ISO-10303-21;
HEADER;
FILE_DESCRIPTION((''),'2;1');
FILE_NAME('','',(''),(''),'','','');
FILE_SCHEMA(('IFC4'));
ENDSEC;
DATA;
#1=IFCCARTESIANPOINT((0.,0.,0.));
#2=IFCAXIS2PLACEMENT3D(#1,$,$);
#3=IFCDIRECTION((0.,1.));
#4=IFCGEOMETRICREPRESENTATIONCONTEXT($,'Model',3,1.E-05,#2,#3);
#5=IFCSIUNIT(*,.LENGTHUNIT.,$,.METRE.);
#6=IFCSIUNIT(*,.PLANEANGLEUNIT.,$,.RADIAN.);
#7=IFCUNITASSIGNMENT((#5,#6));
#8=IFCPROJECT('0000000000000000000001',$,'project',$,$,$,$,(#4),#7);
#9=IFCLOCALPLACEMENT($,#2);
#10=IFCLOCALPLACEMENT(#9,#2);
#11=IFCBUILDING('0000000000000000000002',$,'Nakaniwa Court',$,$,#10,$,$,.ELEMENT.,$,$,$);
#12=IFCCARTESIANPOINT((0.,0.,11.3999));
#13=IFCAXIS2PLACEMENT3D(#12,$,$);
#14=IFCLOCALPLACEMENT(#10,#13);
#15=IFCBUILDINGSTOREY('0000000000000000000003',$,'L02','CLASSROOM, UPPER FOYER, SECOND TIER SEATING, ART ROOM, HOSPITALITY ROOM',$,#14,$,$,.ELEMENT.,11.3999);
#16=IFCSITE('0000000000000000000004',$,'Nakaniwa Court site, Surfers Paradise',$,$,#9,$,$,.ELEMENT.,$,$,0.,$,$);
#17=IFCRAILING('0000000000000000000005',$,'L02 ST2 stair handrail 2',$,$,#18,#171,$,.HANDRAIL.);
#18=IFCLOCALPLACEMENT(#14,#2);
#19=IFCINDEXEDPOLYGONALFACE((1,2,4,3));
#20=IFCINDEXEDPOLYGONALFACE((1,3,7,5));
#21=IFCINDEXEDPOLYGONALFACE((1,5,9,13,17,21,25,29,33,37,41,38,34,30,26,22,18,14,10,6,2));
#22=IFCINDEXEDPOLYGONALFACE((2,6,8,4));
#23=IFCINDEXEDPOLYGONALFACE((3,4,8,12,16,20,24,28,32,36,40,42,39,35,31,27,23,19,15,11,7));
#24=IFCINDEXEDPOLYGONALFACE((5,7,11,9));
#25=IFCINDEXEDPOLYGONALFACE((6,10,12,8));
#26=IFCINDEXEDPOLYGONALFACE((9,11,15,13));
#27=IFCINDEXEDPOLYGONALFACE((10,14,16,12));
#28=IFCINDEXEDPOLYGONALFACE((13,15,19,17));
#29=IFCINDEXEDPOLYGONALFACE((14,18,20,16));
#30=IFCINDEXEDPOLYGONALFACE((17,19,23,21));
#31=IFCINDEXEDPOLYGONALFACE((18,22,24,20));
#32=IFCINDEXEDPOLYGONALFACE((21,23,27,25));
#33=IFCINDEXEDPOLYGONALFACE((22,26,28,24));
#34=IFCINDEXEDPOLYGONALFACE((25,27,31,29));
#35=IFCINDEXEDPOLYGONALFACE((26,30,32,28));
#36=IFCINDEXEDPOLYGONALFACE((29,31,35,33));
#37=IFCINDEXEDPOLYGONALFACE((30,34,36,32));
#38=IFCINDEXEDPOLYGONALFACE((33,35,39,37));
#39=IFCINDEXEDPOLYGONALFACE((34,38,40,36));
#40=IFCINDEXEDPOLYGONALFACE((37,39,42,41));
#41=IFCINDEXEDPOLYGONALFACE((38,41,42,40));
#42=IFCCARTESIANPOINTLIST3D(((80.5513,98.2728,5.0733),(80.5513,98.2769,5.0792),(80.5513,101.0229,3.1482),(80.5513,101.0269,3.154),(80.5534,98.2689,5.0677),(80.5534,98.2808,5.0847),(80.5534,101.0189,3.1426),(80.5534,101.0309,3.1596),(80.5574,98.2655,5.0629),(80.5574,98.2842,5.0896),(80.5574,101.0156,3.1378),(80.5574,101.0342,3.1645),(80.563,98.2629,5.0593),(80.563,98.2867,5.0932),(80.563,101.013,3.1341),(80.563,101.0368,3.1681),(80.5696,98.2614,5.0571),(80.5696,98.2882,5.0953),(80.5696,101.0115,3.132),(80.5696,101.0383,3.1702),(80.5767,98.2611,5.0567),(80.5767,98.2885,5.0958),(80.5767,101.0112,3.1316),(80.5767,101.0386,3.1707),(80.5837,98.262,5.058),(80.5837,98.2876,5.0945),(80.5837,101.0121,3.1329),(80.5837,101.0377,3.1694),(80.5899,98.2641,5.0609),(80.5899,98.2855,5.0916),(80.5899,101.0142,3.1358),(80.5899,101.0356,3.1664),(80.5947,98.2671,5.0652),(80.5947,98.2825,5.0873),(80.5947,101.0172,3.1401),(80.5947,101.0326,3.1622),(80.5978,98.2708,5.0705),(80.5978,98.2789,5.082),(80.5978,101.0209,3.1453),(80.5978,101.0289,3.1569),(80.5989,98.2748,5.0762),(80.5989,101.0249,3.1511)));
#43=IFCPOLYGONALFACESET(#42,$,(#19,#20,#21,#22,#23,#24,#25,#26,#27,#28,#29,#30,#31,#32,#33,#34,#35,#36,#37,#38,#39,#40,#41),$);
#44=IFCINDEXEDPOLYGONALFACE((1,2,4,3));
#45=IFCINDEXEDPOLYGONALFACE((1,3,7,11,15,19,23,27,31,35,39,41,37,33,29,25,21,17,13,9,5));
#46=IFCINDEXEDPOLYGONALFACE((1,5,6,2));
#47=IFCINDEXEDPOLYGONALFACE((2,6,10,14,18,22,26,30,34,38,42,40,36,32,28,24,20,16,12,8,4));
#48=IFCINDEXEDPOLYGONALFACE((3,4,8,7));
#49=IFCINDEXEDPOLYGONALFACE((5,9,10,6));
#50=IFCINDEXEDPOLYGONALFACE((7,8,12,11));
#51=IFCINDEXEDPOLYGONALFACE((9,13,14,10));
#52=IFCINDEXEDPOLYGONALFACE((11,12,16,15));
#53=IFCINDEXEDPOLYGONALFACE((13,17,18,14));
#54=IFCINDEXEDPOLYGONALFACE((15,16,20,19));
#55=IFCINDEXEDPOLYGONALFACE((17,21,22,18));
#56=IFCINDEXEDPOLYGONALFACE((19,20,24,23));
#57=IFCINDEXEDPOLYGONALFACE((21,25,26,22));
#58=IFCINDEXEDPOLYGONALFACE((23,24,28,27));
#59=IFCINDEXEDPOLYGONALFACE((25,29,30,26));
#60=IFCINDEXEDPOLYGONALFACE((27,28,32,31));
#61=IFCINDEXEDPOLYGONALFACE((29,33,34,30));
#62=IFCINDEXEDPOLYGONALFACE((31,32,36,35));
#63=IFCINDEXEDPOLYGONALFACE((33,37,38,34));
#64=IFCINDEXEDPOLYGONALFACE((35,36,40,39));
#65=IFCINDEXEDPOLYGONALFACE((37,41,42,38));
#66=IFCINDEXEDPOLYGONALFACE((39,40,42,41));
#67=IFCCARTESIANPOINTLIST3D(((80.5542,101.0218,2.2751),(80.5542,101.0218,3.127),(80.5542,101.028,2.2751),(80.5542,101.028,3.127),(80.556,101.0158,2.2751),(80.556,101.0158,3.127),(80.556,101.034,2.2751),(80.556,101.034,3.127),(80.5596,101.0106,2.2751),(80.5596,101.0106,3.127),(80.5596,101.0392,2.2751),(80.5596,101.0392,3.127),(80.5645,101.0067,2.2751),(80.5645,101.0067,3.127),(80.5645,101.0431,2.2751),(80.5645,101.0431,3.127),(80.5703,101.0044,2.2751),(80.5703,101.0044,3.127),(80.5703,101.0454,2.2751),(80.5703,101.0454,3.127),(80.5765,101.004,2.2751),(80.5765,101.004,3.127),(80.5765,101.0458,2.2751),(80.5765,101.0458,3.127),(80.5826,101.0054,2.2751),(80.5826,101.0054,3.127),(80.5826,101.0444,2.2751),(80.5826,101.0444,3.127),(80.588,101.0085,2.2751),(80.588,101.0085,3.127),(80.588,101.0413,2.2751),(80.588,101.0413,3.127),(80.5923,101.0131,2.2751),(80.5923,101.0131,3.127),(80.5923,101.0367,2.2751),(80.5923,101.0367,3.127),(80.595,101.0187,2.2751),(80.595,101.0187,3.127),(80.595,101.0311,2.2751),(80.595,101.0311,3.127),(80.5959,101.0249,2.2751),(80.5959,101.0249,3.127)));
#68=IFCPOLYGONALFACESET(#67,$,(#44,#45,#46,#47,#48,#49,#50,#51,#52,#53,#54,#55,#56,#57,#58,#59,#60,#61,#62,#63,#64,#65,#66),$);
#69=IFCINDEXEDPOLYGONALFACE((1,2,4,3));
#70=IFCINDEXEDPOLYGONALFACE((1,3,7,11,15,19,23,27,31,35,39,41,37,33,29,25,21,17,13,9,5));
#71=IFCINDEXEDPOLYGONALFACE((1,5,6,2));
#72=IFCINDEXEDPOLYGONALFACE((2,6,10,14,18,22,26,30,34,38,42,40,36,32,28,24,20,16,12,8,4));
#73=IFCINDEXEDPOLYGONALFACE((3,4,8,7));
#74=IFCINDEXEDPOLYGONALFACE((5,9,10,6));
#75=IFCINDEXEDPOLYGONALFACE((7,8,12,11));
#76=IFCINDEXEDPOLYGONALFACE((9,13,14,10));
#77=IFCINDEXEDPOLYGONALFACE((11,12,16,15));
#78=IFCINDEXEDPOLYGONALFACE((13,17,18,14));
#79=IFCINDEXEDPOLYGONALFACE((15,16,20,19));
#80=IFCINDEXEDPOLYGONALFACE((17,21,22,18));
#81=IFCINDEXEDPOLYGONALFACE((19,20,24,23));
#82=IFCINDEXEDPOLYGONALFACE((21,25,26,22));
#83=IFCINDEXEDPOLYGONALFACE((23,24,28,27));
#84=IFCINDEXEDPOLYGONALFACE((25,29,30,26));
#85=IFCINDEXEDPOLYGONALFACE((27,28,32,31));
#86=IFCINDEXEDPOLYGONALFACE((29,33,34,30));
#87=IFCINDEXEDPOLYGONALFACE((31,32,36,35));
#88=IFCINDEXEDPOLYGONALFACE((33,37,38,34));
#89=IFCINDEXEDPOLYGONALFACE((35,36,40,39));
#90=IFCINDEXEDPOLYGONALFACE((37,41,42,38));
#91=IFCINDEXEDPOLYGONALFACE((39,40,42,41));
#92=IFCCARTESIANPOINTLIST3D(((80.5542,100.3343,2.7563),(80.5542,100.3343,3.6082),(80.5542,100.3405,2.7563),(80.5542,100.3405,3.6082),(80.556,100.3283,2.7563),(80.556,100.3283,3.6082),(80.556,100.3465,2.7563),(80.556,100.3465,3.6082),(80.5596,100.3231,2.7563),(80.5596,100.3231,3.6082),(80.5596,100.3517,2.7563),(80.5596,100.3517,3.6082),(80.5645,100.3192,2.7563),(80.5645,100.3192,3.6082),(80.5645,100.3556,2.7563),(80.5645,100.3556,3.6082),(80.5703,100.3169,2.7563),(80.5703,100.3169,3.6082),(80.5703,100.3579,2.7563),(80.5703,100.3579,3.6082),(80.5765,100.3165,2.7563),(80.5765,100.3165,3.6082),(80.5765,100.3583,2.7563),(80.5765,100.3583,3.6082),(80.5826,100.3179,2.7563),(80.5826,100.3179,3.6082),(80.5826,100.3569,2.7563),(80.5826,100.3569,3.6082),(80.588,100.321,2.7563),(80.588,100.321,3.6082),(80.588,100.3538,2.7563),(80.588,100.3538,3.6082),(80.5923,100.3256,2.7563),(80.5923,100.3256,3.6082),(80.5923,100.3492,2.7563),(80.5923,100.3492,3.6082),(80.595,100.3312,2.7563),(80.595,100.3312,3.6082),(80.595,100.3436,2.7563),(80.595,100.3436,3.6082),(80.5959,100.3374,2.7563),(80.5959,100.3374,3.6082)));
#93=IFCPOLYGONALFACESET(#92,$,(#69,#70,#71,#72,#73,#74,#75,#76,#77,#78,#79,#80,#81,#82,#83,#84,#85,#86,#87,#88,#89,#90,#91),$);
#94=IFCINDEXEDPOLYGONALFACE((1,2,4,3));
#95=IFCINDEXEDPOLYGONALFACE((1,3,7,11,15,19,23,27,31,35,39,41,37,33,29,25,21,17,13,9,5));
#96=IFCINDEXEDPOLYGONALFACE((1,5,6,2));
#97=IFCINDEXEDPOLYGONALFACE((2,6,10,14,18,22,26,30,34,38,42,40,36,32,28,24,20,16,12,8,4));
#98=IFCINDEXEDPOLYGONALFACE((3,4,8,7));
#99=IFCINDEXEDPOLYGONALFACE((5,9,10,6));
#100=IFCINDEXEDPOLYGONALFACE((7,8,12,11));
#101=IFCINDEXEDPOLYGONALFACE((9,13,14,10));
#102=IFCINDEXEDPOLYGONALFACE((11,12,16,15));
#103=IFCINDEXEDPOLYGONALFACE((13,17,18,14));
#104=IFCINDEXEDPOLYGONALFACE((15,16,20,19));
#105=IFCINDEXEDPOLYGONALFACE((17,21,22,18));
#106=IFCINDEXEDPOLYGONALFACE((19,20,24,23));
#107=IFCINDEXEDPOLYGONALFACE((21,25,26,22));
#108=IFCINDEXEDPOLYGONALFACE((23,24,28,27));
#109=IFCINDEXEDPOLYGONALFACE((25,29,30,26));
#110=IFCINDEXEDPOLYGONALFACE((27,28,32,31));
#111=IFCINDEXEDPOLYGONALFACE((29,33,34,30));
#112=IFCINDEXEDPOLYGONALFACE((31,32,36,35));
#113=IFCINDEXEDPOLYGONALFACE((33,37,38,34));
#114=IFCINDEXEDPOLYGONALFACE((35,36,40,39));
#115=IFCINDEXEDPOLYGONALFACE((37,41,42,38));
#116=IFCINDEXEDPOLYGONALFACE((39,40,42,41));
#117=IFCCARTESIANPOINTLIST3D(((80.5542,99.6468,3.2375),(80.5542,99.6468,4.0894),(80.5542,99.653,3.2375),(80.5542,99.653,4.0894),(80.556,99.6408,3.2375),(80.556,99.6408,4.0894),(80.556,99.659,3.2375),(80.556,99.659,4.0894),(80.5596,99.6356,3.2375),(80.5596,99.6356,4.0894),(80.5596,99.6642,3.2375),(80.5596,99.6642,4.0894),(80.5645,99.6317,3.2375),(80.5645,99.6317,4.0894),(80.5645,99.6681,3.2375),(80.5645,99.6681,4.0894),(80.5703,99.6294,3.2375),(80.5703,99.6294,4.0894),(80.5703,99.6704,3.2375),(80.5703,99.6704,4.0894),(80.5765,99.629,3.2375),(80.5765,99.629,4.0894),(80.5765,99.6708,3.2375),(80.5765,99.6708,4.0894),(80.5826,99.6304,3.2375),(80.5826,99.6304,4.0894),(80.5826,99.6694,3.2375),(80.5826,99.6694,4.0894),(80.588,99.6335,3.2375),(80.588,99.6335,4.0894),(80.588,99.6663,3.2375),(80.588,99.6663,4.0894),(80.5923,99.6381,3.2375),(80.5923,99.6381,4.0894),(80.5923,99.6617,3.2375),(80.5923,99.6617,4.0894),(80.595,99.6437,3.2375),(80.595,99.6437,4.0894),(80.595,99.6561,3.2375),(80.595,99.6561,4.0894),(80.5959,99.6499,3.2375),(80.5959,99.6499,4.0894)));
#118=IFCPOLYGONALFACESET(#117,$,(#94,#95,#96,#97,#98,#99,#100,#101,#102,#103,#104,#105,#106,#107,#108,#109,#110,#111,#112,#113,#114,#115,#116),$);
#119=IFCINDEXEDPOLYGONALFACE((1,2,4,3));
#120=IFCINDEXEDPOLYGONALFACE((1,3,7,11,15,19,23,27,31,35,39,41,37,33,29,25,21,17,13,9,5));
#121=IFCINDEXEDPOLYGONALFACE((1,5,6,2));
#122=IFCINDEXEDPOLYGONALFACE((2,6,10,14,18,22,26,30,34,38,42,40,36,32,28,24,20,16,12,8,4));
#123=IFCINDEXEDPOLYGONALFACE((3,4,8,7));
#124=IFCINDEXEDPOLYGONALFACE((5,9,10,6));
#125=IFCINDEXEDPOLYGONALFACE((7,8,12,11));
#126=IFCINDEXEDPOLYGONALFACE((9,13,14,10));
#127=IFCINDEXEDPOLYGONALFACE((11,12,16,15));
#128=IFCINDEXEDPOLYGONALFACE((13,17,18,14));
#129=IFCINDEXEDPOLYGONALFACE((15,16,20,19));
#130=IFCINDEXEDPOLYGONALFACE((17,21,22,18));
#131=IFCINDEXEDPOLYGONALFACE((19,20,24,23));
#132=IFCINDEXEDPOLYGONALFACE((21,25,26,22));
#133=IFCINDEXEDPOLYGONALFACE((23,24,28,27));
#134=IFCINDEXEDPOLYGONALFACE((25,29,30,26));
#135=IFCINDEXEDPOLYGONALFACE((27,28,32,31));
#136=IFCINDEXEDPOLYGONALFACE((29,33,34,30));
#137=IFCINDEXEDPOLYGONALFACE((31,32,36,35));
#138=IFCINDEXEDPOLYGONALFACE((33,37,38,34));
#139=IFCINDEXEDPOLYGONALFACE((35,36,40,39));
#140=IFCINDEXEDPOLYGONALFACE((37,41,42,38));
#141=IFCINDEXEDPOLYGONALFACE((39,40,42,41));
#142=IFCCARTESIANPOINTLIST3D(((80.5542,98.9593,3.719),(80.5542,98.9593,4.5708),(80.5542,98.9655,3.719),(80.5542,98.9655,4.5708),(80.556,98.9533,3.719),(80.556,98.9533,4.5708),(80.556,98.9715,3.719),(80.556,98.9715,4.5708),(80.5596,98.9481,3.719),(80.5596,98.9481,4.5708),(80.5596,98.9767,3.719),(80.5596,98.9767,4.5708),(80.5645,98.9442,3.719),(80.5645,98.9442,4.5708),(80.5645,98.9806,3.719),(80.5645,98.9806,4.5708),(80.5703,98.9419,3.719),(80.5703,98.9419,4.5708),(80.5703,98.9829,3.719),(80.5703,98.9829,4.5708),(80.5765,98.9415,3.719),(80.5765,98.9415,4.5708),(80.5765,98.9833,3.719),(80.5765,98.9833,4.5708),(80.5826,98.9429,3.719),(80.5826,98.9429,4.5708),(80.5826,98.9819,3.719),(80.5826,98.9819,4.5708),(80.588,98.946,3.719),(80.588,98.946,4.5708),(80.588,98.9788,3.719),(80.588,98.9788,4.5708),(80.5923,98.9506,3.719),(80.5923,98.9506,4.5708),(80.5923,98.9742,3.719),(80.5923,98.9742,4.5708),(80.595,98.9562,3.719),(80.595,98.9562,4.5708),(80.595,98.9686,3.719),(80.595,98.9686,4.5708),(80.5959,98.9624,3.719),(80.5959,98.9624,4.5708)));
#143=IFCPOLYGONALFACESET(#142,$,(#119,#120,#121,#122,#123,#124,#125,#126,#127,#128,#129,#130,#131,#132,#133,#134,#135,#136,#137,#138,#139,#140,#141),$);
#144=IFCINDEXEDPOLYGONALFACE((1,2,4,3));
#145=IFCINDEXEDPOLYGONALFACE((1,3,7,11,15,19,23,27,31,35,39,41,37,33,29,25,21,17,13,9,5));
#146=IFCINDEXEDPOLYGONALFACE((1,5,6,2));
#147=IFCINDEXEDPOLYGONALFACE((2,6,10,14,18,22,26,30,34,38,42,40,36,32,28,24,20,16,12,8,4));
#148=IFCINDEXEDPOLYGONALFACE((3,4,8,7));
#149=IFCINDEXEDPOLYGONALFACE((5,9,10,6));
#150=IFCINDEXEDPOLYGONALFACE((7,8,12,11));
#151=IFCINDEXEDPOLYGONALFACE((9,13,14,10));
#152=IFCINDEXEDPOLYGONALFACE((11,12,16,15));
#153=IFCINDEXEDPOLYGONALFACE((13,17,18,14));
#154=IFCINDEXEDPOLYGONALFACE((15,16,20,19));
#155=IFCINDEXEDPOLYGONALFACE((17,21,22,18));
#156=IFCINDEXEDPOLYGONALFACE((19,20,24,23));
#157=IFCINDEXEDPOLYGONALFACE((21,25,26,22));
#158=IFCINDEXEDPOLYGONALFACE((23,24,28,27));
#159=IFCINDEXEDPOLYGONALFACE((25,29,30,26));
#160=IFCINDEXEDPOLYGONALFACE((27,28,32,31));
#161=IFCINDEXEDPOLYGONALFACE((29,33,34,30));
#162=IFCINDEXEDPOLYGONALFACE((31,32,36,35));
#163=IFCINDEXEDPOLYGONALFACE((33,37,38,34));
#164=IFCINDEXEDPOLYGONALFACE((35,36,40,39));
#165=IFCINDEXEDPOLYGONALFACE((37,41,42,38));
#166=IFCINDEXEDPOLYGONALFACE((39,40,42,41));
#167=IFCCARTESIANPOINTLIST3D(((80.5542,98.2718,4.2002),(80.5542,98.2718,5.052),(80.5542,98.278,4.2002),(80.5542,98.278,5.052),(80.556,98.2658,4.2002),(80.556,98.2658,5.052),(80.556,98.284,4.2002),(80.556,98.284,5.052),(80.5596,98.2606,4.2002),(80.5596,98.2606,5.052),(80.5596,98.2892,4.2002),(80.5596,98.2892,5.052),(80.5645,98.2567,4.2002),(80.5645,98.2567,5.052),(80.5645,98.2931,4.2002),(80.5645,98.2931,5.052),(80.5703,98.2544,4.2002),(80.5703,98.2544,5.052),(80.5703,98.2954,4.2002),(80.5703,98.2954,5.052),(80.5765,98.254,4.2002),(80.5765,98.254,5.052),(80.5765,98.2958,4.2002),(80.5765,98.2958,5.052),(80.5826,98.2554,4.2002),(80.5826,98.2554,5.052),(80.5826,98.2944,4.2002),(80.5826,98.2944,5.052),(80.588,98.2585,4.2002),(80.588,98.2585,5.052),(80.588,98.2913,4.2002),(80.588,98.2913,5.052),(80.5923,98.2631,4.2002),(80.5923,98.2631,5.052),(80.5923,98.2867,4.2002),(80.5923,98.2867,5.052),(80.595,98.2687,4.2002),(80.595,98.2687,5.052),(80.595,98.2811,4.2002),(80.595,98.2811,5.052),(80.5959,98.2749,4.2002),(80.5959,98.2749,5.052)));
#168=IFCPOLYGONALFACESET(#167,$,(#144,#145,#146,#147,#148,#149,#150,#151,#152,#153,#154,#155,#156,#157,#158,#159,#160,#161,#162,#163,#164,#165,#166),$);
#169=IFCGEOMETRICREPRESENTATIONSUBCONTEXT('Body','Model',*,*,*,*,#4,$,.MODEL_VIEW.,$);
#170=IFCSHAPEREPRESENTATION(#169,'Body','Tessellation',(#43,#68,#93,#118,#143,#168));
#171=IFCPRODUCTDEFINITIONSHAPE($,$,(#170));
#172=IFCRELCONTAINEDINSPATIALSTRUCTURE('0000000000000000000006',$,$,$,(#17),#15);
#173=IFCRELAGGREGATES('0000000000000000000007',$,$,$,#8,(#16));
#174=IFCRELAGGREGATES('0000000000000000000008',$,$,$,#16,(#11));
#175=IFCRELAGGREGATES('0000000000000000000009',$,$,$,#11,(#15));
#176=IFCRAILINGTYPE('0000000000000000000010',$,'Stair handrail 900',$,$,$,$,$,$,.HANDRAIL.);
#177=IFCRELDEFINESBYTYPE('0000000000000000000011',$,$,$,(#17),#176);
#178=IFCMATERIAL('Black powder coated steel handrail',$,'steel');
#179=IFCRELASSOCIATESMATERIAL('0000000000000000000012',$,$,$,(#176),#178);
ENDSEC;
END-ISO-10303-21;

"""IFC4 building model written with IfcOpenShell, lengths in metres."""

from ifc_helpers import new_model, si_unit, direction, frame, origin, origin_2d, place, context, subcontext, project, spatial, circle, extrude, material, type_object, element, save


model = new_model("IFC4")

# Units and contexts
model_context = context("Model", 3, precision=1e-05, world=origin(), true_north=direction((0.0, 1.0)))
body_context = subcontext(model_context, "Body", "Model", "MODEL_VIEW")
ifc_project = project(units=[si_unit("LENGTHUNIT", "METRE"), si_unit("PLANEANGLEUNIT", "RADIAN")], contexts=[model_context])

# Site, building, storey
site_placement = place(None, origin())
site = spatial("IfcSite", under=ifc_project, at=site_placement, Name="Nakaniwa Court site, Surfers Paradise", CompositionType="ELEMENT", RefElevation=0.0)
building_placement = place(site_placement, origin())
building = spatial("IfcBuilding", under=site, at=building_placement, Name="Nakaniwa Court", CompositionType="ELEMENT")
storey_placement = place(building_placement, frame((0.0, 0.0, 11.3999)))
storey = spatial("IfcBuildingStorey", under=building, at=storey_placement, Name="L02", Description="CLASSROOM, UPPER FOYER, SECOND TIER SEATING, ART ROOM, HOSPITALITY ROOM", CompositionType="ELEMENT", Elevation=11.3999)

# Railing
ifc_material_1 = material(Name="Black powder coated steel handrail", Category="steel")
railing_type_1 = type_object("IfcRailingType", Name="Stair handrail 900", PredefinedType="HANDRAIL", material=ifc_material_1)
railing_1_placement = place(storey_placement, frame((80.575, 101.0249, 2.2751)))
element("IfcRailing", 1, at=railing_1_placement, inside=storey, type_object=railing_type_1, Name="L02 ST2 stair handrail 2", PredefinedType="HANDRAIL", context=body_context, shape_type="SweptSolid", body=[
    extrude(circle(Radius=0.0239, at=origin_2d()), frame((0.0, 0.0, 0.876), z_axis=(0.0, -0.819225, 0.573472), x_axis=(1.0, 0.0, 0.0)), (0.0, 0.0, 1.0), 3.3569),
    extrude(circle(Radius=0.021, at=origin_2d()), origin(), (0.0, 0.0, 1.0), 0.8518),
    extrude(circle(Radius=0.021, at=origin_2d()), frame((0.0, -0.6875, 0.4812)), (0.0, 0.0, 1.0), 0.8518),
    extrude(circle(Radius=0.021, at=origin_2d()), frame((0.0, -1.375, 0.9624)), (0.0, 0.0, 1.0), 0.8518),
    extrude(circle(Radius=0.021, at=origin_2d()), frame((0.0, -2.0625, 1.4438)), (0.0, 0.0, 1.0), 0.8518),
    extrude(circle(Radius=0.021, at=origin_2d()), frame((0.0, -2.75, 1.925)), (0.0, 0.0, 1.0), 0.8518),
])

save(model, "model.ifc")
